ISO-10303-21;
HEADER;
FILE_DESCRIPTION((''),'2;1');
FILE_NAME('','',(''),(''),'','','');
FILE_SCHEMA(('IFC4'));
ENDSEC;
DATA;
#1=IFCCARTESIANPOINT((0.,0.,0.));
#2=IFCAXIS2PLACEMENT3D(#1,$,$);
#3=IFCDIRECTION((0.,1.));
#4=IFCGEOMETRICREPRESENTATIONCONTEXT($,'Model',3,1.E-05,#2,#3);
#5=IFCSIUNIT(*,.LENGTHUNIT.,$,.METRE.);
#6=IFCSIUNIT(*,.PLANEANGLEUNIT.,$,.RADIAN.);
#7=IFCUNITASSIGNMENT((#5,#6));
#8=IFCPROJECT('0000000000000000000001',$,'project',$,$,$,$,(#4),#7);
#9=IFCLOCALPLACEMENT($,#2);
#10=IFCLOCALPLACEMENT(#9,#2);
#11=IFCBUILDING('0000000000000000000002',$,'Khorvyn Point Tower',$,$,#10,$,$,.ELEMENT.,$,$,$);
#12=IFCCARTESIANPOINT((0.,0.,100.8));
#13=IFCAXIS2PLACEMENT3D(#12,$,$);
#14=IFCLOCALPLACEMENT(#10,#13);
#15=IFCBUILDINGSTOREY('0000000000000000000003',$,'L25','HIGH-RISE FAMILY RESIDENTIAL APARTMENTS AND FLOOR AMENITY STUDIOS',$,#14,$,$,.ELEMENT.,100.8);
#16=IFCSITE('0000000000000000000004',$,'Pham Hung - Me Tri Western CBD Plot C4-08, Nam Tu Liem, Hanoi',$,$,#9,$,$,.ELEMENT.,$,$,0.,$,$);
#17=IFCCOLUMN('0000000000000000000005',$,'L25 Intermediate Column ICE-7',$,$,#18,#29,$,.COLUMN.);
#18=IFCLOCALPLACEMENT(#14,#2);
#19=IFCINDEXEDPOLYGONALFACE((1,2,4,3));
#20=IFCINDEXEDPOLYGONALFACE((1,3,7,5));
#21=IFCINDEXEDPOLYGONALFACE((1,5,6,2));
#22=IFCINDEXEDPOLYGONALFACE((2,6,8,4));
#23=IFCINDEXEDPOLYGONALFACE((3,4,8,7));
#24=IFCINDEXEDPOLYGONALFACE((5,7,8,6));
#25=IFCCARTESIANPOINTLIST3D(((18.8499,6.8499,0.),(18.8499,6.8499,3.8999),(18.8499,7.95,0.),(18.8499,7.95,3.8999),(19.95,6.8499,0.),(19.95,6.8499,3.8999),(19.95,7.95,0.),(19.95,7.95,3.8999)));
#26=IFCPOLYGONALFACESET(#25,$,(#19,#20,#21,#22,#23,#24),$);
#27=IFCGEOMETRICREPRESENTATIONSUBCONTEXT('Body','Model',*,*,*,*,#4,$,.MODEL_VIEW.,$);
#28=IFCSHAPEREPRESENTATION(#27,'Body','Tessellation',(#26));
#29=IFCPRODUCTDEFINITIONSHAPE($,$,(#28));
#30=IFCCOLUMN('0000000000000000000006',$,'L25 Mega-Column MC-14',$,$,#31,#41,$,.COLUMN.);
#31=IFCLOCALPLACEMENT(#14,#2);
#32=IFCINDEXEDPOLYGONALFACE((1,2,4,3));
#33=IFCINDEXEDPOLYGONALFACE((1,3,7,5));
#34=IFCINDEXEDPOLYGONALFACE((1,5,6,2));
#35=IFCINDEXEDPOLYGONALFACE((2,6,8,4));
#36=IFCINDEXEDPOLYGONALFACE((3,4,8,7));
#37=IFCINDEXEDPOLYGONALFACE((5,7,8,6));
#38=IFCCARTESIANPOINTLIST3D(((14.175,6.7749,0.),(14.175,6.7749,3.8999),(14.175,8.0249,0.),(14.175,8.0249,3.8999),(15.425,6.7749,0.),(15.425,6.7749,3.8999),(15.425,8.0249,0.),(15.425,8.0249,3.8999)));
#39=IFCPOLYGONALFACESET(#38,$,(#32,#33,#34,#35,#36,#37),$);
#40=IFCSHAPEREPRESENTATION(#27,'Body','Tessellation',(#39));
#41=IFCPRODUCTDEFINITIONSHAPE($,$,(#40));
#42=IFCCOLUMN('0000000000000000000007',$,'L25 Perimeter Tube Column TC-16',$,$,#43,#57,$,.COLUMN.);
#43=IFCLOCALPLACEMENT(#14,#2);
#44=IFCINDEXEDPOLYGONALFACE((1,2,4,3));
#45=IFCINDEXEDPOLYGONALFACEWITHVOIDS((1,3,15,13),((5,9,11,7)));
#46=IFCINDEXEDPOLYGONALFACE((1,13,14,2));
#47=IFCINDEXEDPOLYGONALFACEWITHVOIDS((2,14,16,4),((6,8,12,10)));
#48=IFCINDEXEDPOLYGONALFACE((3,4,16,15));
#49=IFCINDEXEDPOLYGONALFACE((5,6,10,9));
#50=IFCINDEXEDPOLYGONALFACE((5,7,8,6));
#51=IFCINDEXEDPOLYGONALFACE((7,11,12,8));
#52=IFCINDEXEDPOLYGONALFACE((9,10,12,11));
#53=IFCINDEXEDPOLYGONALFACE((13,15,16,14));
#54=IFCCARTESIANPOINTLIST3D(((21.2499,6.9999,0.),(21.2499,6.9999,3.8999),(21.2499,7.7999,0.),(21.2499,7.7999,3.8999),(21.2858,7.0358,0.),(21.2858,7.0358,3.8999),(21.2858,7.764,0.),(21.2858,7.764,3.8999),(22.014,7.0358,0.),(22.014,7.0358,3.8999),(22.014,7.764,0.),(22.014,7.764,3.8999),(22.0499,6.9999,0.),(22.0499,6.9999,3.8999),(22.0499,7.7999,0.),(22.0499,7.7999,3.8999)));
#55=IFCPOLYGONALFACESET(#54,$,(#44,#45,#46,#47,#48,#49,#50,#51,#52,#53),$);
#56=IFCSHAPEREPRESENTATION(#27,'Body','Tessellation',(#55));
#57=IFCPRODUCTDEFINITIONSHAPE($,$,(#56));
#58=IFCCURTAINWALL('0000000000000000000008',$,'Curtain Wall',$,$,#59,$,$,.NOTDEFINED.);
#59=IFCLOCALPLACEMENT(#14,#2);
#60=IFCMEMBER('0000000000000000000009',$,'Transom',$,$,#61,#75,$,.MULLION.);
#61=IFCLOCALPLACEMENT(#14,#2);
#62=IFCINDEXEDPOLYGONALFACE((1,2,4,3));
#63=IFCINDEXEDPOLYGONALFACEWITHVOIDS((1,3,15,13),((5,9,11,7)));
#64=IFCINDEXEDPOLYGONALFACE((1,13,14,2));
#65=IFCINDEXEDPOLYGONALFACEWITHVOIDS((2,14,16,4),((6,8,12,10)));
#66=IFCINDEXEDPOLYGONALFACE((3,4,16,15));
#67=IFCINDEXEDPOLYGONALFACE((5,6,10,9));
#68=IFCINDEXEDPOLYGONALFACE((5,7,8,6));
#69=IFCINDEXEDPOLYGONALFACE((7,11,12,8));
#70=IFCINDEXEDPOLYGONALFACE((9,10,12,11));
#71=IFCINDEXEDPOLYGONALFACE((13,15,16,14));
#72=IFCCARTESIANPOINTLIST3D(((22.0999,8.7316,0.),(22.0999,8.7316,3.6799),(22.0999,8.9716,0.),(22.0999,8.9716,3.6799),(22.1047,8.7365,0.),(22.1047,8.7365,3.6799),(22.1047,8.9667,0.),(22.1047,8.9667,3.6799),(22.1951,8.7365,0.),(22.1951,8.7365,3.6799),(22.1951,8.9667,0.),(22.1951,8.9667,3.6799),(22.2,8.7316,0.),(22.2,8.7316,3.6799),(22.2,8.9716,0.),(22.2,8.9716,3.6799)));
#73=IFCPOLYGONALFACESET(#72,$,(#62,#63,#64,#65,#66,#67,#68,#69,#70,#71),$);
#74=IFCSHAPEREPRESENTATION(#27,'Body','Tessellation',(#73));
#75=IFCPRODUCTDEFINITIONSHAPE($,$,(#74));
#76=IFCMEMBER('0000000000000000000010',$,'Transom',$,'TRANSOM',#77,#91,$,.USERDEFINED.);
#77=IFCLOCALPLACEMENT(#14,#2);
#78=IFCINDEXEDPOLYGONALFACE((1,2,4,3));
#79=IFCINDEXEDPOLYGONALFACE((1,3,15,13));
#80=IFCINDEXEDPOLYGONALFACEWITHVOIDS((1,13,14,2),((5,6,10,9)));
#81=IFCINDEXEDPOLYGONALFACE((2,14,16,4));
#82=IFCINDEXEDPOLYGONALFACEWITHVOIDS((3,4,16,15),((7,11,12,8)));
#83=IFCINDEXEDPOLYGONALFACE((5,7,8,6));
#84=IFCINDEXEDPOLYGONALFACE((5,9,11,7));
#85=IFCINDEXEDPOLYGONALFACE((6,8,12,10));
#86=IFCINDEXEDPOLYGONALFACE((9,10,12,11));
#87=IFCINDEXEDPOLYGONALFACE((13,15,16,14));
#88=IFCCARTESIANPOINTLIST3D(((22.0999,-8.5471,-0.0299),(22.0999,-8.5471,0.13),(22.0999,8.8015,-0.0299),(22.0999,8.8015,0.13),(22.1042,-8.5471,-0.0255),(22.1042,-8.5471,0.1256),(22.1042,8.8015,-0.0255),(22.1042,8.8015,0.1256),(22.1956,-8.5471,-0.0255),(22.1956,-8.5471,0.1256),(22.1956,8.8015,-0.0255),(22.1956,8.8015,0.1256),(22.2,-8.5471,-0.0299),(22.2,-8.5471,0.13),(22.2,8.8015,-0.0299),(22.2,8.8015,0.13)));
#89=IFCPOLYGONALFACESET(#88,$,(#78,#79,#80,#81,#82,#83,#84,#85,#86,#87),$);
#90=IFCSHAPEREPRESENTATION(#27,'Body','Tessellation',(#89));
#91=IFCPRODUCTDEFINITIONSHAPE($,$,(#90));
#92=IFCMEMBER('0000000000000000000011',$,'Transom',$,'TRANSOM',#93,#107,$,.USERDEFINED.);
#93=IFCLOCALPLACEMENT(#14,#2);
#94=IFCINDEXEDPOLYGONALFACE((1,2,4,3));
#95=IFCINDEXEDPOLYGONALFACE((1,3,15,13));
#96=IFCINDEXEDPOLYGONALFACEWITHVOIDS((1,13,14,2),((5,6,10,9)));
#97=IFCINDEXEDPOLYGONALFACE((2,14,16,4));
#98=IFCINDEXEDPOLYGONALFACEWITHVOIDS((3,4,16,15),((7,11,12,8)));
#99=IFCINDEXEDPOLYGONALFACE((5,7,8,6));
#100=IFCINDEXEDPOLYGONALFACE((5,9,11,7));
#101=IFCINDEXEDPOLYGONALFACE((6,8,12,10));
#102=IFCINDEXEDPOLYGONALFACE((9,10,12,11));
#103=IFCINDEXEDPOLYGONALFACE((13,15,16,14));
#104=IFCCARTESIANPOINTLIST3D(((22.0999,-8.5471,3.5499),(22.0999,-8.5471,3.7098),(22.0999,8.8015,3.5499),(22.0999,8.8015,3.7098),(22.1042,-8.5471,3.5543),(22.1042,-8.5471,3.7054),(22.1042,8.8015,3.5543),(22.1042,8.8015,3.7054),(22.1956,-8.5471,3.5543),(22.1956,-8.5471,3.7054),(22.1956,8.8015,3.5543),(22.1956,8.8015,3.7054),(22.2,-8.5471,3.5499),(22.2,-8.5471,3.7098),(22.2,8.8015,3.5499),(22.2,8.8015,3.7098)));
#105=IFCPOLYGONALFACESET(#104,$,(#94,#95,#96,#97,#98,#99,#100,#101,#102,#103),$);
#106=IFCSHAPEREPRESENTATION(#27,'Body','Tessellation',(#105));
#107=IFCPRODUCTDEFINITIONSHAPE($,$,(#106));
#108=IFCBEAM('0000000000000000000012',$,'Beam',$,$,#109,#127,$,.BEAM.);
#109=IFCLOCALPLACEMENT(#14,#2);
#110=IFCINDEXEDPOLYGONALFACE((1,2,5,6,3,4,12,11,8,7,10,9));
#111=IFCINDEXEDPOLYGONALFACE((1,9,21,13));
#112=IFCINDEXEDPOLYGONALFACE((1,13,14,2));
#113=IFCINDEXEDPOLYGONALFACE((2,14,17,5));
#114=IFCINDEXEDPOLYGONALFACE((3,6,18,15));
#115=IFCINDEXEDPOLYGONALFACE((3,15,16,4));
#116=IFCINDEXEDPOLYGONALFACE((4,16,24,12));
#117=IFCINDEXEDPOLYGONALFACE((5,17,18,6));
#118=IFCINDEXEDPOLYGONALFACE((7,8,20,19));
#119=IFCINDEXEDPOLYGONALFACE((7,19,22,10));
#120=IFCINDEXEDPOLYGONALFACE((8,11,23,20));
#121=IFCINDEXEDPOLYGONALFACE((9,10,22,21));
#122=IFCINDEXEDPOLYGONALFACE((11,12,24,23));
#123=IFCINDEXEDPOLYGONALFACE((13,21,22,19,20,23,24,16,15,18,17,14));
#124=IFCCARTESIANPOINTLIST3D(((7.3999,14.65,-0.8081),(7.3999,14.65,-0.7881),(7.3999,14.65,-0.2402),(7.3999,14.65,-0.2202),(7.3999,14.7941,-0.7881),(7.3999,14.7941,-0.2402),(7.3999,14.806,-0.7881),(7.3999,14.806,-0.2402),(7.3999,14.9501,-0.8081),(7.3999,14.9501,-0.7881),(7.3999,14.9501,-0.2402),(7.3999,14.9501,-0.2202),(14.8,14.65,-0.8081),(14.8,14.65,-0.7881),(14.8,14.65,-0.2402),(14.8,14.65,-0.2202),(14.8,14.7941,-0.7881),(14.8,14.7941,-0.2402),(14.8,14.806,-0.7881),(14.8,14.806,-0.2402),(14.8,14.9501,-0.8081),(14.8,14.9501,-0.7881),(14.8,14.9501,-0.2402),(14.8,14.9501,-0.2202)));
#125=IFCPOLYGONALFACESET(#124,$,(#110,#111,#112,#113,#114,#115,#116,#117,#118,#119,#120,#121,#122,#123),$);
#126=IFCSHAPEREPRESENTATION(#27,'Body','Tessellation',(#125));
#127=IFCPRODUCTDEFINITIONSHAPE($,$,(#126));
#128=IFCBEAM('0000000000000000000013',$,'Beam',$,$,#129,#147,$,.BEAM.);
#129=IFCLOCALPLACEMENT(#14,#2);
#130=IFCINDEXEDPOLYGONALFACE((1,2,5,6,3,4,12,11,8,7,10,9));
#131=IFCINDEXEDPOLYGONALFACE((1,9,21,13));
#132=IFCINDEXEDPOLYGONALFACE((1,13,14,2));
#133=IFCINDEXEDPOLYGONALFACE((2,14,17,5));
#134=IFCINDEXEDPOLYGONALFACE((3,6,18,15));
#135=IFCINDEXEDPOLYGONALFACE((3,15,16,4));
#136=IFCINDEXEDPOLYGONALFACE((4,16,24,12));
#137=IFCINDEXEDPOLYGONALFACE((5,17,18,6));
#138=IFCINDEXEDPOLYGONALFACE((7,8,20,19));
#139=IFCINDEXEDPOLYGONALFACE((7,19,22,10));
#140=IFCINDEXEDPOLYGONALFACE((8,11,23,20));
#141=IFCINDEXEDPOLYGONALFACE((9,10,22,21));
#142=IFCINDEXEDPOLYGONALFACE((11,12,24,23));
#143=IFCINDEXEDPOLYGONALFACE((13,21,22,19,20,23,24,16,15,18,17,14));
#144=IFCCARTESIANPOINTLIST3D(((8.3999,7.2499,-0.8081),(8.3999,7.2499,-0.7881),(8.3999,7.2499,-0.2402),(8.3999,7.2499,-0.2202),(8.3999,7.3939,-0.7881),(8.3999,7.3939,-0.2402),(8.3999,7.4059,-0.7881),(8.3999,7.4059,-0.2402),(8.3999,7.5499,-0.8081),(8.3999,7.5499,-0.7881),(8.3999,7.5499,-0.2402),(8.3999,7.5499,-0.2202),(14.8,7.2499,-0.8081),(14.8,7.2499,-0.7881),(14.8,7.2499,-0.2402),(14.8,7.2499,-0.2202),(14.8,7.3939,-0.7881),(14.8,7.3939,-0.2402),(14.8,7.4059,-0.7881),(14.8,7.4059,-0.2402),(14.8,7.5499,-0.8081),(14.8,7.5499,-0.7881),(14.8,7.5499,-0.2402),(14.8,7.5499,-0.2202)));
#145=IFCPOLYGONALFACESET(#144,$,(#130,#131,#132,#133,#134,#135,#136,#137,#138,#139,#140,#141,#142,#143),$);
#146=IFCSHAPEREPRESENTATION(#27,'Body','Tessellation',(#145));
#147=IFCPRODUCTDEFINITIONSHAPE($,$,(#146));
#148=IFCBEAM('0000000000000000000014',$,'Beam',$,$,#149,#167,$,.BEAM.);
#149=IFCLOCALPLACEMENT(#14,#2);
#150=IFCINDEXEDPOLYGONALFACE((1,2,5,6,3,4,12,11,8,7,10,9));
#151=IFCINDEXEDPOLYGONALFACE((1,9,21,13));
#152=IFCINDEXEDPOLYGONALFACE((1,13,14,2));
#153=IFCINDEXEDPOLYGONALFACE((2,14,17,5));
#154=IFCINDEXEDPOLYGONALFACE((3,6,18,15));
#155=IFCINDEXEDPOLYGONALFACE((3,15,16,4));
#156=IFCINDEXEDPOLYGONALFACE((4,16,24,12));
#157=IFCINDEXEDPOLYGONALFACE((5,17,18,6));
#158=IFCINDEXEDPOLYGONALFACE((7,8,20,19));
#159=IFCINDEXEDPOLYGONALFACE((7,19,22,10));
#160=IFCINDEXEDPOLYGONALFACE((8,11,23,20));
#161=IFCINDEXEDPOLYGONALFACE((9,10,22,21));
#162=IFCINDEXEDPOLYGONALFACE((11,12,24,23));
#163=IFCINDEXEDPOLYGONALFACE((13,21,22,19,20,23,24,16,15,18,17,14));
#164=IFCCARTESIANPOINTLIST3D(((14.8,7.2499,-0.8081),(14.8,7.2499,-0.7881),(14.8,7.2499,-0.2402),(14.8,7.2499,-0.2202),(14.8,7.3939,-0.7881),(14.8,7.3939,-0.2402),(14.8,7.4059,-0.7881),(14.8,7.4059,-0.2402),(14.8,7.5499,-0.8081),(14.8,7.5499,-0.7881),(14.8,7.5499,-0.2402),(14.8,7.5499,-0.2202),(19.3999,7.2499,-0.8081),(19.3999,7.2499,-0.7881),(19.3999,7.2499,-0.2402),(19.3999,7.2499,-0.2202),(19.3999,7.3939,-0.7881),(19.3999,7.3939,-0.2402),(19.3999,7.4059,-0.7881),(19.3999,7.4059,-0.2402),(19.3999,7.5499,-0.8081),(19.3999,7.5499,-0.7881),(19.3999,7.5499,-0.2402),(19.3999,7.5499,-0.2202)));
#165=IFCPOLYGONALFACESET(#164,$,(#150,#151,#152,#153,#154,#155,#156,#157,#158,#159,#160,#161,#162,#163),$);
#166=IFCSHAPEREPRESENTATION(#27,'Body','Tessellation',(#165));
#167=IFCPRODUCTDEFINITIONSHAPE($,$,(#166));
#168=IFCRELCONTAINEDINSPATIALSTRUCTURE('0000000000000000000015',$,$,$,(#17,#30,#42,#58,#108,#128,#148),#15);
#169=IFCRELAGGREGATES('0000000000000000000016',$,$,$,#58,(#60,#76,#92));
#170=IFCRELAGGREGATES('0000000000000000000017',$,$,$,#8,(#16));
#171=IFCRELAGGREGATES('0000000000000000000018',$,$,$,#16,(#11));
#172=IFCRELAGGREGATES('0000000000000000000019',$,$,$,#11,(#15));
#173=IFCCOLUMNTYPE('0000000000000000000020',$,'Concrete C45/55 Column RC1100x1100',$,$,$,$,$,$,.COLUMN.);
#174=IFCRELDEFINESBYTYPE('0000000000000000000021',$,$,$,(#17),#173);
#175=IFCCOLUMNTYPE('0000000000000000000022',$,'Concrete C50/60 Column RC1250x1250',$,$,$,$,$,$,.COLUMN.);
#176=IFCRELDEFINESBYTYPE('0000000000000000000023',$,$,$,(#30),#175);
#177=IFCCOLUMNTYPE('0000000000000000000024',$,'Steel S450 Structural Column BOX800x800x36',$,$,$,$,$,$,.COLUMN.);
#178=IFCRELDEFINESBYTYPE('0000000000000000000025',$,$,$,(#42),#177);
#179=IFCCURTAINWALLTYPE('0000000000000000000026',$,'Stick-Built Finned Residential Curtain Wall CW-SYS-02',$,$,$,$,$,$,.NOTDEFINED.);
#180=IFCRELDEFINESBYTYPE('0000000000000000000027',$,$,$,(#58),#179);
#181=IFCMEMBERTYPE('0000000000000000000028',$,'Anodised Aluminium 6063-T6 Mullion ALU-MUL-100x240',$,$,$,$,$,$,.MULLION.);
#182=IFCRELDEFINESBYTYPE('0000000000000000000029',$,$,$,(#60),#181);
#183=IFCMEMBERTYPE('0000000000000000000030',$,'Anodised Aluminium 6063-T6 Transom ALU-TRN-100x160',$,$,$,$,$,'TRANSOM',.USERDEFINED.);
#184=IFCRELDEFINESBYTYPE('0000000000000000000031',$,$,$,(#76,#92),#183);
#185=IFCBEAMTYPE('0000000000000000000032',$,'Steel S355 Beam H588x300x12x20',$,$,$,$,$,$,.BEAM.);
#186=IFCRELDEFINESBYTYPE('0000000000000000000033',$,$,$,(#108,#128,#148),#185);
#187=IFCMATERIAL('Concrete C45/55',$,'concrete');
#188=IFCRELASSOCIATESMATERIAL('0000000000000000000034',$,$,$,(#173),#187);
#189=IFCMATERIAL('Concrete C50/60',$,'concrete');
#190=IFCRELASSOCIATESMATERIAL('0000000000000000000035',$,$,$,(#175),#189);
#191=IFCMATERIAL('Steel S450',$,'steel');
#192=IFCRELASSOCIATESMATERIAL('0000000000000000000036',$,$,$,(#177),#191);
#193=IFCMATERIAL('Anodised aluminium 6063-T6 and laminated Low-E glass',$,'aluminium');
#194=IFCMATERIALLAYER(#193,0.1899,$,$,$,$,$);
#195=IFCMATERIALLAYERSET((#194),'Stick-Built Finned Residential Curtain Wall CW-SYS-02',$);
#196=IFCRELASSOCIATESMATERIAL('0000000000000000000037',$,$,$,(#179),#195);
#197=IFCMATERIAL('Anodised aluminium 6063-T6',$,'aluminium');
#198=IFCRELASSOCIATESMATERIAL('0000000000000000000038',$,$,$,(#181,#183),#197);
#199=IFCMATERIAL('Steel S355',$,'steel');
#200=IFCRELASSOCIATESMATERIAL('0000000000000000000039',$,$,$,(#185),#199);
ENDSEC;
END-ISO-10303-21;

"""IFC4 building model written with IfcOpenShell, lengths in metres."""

from ifc_helpers import new_model, si_unit, direction, frame, origin, origin_2d, place, context, subcontext, project, spatial, rectangle, hollow_rectangle, i_section, extrude, material, layer, layer_set, material_profile, profile_set, type_object, element, aggregate, save


model = new_model("IFC4")

# Units and contexts
model_context = context("Model", 3, precision=1e-05, world=origin(), true_north=direction((0.0, 1.0)))
body_context = subcontext(model_context, "Body", "Model", "MODEL_VIEW")
ifc_project = project(units=[si_unit("LENGTHUNIT", "METRE"), si_unit("PLANEANGLEUNIT", "RADIAN")], contexts=[model_context])

# Site, building, storey
site_placement = place(None, origin())
site = spatial("IfcSite", under=ifc_project, at=site_placement, Name="Pham Hung - Me Tri Western CBD Plot C4-08, Nam Tu Liem, Hanoi", CompositionType="ELEMENT", RefElevation=0.0)
building_placement = place(site_placement, origin())
building = spatial("IfcBuilding", under=site, at=building_placement, Name="Khorvyn Point Tower", CompositionType="ELEMENT")
storey_placement = place(building_placement, frame((0.0, 0.0, 100.8)))
storey = spatial("IfcBuildingStorey", under=building, at=storey_placement, Name="L25", Description="HIGH-RISE FAMILY RESIDENTIAL APARTMENTS AND FLOOR AMENITY STUDIOS", CompositionType="ELEMENT", Elevation=100.8)

# Columns
ifc_material_1 = material(Name="Concrete C45/55", Category="concrete")
ifc_material_profile_1 = material_profile(ifc_material_1, rectangle(XDim=1.1001, YDim=1.1001, at=origin_2d()))
ifc_profile_set_1 = profile_set([ifc_material_profile_1], Name="Concrete C45/55 RC1100x1100")
column_type_1 = type_object("IfcColumnType", Name="Concrete C45/55 Column RC1100x1100", PredefinedType="COLUMN", material=ifc_profile_set_1)
column_1_placement = place(storey_placement, frame((19.3999, 7.3999, 0.0), z_axis=(0.0, 0.0, 1.0), x_axis=(1.0, 0.0, 0.0)))
element("IfcColumn", 1, at=column_1_placement, inside=storey, type_object=column_type_1, Name="L25 Intermediate Column ICE-7", PredefinedType="COLUMN", context=body_context, shape_type="SweptSolid", body=[
    extrude(rectangle(XDim=1.1001, YDim=1.1001, at=origin_2d()), origin(), (0.0, 0.0, 1.0), 3.8999),
])
ifc_material_2 = material(Name="Concrete C50/60", Category="concrete")
ifc_material_profile_2 = material_profile(ifc_material_2, rectangle(XDim=1.25, YDim=1.25, at=origin_2d()))
ifc_profile_set_2 = profile_set([ifc_material_profile_2], Name="Concrete C50/60 RC1250x1250")
column_type_2 = type_object("IfcColumnType", Name="Concrete C50/60 Column RC1250x1250", PredefinedType="COLUMN", material=ifc_profile_set_2)
column_2_placement = place(storey_placement, frame((14.8, 7.3999, 0.0), z_axis=(0.0, 0.0, 1.0), x_axis=(1.0, 0.0, 0.0)))
element("IfcColumn", 2, at=column_2_placement, inside=storey, type_object=column_type_2, Name="L25 Mega-Column MC-14", PredefinedType="COLUMN", context=body_context, shape_type="SweptSolid", body=[
    extrude(rectangle(XDim=1.25, YDim=1.25, at=origin_2d()), origin(), (0.0, 0.0, 1.0), 3.8999),
])
ifc_material_3 = material(Name="Steel S450", Category="steel")
ifc_material_profile_3 = material_profile(ifc_material_3, hollow_rectangle(XDim=0.8, YDim=0.8, WallThickness=0.0359, at=origin_2d()))
ifc_profile_set_3 = profile_set([ifc_material_profile_3], Name="Steel S450 BOX800x800x36")
column_type_3 = type_object("IfcColumnType", Name="Steel S450 Structural Column BOX800x800x36", PredefinedType="COLUMN", material=ifc_profile_set_3)
column_3_placement = place(storey_placement, frame((21.6499, 7.3999, 0.0), z_axis=(0.0, 0.0, 1.0), x_axis=(1.0, 0.0, 0.0)))
element("IfcColumn", 3, at=column_3_placement, inside=storey, type_object=column_type_3, Name="L25 Perimeter Tube Column TC-16", PredefinedType="COLUMN", context=body_context, shape_type="SweptSolid", body=[
    extrude(hollow_rectangle(XDim=0.8, YDim=0.8, WallThickness=0.0359, at=origin_2d()), origin(), (0.0, 0.0, 1.0), 3.8999),
])

# Curtain wall, members
ifc_material_4 = material(Name="Anodised aluminium 6063-T6 and laminated Low-E glass", Category="aluminium")
ifc_layer_1 = layer(ifc_material_4, 0.1899)
ifc_layer_set_1 = layer_set([ifc_layer_1], Name="Stick-Built Finned Residential Curtain Wall CW-SYS-02")
curtain_wall_type = type_object("IfcCurtainWallType", Name="Stick-Built Finned Residential Curtain Wall CW-SYS-02", PredefinedType="NOTDEFINED", material=ifc_layer_set_1)
curtain_wall_placement = place(storey_placement, origin())
curtain_wall = element("IfcCurtainWall", 4, at=curtain_wall_placement, inside=storey, type_object=curtain_wall_type, Name="Curtain Wall", PredefinedType="NOTDEFINED")
ifc_material_5 = material(Name="Anodised aluminium 6063-T6", Category="aluminium")
ifc_material_profile_4 = material_profile(ifc_material_5, hollow_rectangle(XDim=0.1001, YDim=0.24, WallThickness=0.0049, at=origin_2d()))
ifc_profile_set_4 = profile_set([ifc_material_profile_4], Name="Anodised aluminium 6063-T6 ALU-MUL-100x240")
member_type_1 = type_object("IfcMemberType", Name="Anodised Aluminium 6063-T6 Mullion ALU-MUL-100x240", PredefinedType="MULLION", material=ifc_profile_set_4)
member_1_placement = place(storey_placement, frame((22.1499, 8.8516, 0.0), z_axis=(0.0, 0.0, 1.0), x_axis=(1.0, 0.0, 0.0)))
member_1 = element("IfcMember", 5, at=member_1_placement, type_object=member_type_1, Name="Transom", PredefinedType="MULLION", context=body_context, shape_type="SweptSolid", body=[
    extrude(hollow_rectangle(XDim=0.1001, YDim=0.24, WallThickness=0.0049, at=origin_2d()), origin(), (0.0, 0.0, 1.0), 3.6799),
])
ifc_material_profile_5 = material_profile(ifc_material_5, hollow_rectangle(XDim=0.1001, YDim=0.1599, WallThickness=0.0044, at=origin_2d()))
ifc_profile_set_5 = profile_set([ifc_material_profile_5], Name="Anodised aluminium 6063-T6 ALU-TRN-100x160")
member_type_2 = type_object("IfcMemberType", Name="Anodised Aluminium 6063-T6 Transom ALU-TRN-100x160", ElementType="TRANSOM", PredefinedType="USERDEFINED", material=ifc_profile_set_5)
member_2_placement = place(storey_placement, frame((22.1499, 8.8015, 0.05), z_axis=(0.0, -1.0, 0.0), x_axis=(1.0, 0.0, 0.0)))
member_2 = element("IfcMember", 6, at=member_2_placement, type_object=member_type_2, Name="Transom", ObjectType="TRANSOM", PredefinedType="USERDEFINED", context=body_context, shape_type="SweptSolid", body=[
    extrude(hollow_rectangle(XDim=0.1001, YDim=0.1599, WallThickness=0.0044, at=origin_2d()), origin(), (0.0, 0.0, 1.0), 17.3486),
])
member_3_placement = place(storey_placement, frame((22.1499, 8.8015, 3.6299), z_axis=(0.0, -1.0, 0.0), x_axis=(1.0, 0.0, 0.0)))
member_3 = element("IfcMember", 7, at=member_3_placement, type_object=member_type_2, Name="Transom", ObjectType="TRANSOM", PredefinedType="USERDEFINED", context=body_context, shape_type="SweptSolid", body=[
    extrude(hollow_rectangle(XDim=0.1001, YDim=0.1599, WallThickness=0.0044, at=origin_2d()), origin(), (0.0, 0.0, 1.0), 17.3486),
])

# Beams
ifc_material_6 = material(Name="Steel S355", Category="steel")
ifc_material_profile_6 = material_profile(ifc_material_6, i_section(OverallWidth=0.3, OverallDepth=0.5879, WebThickness=0.012, FlangeThickness=0.02, at=origin_2d()))
ifc_profile_set_6 = profile_set([ifc_material_profile_6], Name="Steel S355 H588x300x12x20")
beam_type_1 = type_object("IfcBeamType", Name="Steel S355 Beam H588x300x12x20", PredefinedType="BEAM", material=ifc_profile_set_6)
beam_1_placement = place(storey_placement, frame((7.3999, 14.8, -0.5142), z_axis=(1.0, 0.0, 0.0), x_axis=(0.0, 1.0, 0.0)))
element("IfcBeam", 8, at=beam_1_placement, inside=storey, type_object=beam_type_1, Name="Beam", PredefinedType="BEAM", context=body_context, shape_type="SweptSolid", body=[
    extrude(i_section(OverallWidth=0.3, OverallDepth=0.5879, WebThickness=0.012, FlangeThickness=0.02, at=origin_2d()), origin(), (0.0, 0.0, 1.0), 7.4001),
])
beam_2_placement = place(storey_placement, frame((8.3999, 7.3999, -0.5142), z_axis=(1.0, 0.0, 0.0), x_axis=(0.0, 1.0, 0.0)))
element("IfcBeam", 9, at=beam_2_placement, inside=storey, type_object=beam_type_1, Name="Beam", PredefinedType="BEAM", context=body_context, shape_type="SweptSolid", body=[
    extrude(i_section(OverallWidth=0.3, OverallDepth=0.5879, WebThickness=0.012, FlangeThickness=0.02, at=origin_2d()), origin(), (0.0, 0.0, 1.0), 6.4001),
])
beam_3_placement = place(storey_placement, frame((14.8, 7.3999, -0.5142), z_axis=(1.0, 0.0, 0.0), x_axis=(0.0, 1.0, 0.0)))
element("IfcBeam", 10, at=beam_3_placement, inside=storey, type_object=beam_type_1, Name="Beam", PredefinedType="BEAM", context=body_context, shape_type="SweptSolid", body=[
    extrude(i_section(OverallWidth=0.3, OverallDepth=0.5879, WebThickness=0.012, FlangeThickness=0.02, at=origin_2d()), origin(), (0.0, 0.0, 1.0), 4.5999),
])

aggregate(curtain_wall, [member_1, member_2, member_3])

save(model, "model.ifc")
